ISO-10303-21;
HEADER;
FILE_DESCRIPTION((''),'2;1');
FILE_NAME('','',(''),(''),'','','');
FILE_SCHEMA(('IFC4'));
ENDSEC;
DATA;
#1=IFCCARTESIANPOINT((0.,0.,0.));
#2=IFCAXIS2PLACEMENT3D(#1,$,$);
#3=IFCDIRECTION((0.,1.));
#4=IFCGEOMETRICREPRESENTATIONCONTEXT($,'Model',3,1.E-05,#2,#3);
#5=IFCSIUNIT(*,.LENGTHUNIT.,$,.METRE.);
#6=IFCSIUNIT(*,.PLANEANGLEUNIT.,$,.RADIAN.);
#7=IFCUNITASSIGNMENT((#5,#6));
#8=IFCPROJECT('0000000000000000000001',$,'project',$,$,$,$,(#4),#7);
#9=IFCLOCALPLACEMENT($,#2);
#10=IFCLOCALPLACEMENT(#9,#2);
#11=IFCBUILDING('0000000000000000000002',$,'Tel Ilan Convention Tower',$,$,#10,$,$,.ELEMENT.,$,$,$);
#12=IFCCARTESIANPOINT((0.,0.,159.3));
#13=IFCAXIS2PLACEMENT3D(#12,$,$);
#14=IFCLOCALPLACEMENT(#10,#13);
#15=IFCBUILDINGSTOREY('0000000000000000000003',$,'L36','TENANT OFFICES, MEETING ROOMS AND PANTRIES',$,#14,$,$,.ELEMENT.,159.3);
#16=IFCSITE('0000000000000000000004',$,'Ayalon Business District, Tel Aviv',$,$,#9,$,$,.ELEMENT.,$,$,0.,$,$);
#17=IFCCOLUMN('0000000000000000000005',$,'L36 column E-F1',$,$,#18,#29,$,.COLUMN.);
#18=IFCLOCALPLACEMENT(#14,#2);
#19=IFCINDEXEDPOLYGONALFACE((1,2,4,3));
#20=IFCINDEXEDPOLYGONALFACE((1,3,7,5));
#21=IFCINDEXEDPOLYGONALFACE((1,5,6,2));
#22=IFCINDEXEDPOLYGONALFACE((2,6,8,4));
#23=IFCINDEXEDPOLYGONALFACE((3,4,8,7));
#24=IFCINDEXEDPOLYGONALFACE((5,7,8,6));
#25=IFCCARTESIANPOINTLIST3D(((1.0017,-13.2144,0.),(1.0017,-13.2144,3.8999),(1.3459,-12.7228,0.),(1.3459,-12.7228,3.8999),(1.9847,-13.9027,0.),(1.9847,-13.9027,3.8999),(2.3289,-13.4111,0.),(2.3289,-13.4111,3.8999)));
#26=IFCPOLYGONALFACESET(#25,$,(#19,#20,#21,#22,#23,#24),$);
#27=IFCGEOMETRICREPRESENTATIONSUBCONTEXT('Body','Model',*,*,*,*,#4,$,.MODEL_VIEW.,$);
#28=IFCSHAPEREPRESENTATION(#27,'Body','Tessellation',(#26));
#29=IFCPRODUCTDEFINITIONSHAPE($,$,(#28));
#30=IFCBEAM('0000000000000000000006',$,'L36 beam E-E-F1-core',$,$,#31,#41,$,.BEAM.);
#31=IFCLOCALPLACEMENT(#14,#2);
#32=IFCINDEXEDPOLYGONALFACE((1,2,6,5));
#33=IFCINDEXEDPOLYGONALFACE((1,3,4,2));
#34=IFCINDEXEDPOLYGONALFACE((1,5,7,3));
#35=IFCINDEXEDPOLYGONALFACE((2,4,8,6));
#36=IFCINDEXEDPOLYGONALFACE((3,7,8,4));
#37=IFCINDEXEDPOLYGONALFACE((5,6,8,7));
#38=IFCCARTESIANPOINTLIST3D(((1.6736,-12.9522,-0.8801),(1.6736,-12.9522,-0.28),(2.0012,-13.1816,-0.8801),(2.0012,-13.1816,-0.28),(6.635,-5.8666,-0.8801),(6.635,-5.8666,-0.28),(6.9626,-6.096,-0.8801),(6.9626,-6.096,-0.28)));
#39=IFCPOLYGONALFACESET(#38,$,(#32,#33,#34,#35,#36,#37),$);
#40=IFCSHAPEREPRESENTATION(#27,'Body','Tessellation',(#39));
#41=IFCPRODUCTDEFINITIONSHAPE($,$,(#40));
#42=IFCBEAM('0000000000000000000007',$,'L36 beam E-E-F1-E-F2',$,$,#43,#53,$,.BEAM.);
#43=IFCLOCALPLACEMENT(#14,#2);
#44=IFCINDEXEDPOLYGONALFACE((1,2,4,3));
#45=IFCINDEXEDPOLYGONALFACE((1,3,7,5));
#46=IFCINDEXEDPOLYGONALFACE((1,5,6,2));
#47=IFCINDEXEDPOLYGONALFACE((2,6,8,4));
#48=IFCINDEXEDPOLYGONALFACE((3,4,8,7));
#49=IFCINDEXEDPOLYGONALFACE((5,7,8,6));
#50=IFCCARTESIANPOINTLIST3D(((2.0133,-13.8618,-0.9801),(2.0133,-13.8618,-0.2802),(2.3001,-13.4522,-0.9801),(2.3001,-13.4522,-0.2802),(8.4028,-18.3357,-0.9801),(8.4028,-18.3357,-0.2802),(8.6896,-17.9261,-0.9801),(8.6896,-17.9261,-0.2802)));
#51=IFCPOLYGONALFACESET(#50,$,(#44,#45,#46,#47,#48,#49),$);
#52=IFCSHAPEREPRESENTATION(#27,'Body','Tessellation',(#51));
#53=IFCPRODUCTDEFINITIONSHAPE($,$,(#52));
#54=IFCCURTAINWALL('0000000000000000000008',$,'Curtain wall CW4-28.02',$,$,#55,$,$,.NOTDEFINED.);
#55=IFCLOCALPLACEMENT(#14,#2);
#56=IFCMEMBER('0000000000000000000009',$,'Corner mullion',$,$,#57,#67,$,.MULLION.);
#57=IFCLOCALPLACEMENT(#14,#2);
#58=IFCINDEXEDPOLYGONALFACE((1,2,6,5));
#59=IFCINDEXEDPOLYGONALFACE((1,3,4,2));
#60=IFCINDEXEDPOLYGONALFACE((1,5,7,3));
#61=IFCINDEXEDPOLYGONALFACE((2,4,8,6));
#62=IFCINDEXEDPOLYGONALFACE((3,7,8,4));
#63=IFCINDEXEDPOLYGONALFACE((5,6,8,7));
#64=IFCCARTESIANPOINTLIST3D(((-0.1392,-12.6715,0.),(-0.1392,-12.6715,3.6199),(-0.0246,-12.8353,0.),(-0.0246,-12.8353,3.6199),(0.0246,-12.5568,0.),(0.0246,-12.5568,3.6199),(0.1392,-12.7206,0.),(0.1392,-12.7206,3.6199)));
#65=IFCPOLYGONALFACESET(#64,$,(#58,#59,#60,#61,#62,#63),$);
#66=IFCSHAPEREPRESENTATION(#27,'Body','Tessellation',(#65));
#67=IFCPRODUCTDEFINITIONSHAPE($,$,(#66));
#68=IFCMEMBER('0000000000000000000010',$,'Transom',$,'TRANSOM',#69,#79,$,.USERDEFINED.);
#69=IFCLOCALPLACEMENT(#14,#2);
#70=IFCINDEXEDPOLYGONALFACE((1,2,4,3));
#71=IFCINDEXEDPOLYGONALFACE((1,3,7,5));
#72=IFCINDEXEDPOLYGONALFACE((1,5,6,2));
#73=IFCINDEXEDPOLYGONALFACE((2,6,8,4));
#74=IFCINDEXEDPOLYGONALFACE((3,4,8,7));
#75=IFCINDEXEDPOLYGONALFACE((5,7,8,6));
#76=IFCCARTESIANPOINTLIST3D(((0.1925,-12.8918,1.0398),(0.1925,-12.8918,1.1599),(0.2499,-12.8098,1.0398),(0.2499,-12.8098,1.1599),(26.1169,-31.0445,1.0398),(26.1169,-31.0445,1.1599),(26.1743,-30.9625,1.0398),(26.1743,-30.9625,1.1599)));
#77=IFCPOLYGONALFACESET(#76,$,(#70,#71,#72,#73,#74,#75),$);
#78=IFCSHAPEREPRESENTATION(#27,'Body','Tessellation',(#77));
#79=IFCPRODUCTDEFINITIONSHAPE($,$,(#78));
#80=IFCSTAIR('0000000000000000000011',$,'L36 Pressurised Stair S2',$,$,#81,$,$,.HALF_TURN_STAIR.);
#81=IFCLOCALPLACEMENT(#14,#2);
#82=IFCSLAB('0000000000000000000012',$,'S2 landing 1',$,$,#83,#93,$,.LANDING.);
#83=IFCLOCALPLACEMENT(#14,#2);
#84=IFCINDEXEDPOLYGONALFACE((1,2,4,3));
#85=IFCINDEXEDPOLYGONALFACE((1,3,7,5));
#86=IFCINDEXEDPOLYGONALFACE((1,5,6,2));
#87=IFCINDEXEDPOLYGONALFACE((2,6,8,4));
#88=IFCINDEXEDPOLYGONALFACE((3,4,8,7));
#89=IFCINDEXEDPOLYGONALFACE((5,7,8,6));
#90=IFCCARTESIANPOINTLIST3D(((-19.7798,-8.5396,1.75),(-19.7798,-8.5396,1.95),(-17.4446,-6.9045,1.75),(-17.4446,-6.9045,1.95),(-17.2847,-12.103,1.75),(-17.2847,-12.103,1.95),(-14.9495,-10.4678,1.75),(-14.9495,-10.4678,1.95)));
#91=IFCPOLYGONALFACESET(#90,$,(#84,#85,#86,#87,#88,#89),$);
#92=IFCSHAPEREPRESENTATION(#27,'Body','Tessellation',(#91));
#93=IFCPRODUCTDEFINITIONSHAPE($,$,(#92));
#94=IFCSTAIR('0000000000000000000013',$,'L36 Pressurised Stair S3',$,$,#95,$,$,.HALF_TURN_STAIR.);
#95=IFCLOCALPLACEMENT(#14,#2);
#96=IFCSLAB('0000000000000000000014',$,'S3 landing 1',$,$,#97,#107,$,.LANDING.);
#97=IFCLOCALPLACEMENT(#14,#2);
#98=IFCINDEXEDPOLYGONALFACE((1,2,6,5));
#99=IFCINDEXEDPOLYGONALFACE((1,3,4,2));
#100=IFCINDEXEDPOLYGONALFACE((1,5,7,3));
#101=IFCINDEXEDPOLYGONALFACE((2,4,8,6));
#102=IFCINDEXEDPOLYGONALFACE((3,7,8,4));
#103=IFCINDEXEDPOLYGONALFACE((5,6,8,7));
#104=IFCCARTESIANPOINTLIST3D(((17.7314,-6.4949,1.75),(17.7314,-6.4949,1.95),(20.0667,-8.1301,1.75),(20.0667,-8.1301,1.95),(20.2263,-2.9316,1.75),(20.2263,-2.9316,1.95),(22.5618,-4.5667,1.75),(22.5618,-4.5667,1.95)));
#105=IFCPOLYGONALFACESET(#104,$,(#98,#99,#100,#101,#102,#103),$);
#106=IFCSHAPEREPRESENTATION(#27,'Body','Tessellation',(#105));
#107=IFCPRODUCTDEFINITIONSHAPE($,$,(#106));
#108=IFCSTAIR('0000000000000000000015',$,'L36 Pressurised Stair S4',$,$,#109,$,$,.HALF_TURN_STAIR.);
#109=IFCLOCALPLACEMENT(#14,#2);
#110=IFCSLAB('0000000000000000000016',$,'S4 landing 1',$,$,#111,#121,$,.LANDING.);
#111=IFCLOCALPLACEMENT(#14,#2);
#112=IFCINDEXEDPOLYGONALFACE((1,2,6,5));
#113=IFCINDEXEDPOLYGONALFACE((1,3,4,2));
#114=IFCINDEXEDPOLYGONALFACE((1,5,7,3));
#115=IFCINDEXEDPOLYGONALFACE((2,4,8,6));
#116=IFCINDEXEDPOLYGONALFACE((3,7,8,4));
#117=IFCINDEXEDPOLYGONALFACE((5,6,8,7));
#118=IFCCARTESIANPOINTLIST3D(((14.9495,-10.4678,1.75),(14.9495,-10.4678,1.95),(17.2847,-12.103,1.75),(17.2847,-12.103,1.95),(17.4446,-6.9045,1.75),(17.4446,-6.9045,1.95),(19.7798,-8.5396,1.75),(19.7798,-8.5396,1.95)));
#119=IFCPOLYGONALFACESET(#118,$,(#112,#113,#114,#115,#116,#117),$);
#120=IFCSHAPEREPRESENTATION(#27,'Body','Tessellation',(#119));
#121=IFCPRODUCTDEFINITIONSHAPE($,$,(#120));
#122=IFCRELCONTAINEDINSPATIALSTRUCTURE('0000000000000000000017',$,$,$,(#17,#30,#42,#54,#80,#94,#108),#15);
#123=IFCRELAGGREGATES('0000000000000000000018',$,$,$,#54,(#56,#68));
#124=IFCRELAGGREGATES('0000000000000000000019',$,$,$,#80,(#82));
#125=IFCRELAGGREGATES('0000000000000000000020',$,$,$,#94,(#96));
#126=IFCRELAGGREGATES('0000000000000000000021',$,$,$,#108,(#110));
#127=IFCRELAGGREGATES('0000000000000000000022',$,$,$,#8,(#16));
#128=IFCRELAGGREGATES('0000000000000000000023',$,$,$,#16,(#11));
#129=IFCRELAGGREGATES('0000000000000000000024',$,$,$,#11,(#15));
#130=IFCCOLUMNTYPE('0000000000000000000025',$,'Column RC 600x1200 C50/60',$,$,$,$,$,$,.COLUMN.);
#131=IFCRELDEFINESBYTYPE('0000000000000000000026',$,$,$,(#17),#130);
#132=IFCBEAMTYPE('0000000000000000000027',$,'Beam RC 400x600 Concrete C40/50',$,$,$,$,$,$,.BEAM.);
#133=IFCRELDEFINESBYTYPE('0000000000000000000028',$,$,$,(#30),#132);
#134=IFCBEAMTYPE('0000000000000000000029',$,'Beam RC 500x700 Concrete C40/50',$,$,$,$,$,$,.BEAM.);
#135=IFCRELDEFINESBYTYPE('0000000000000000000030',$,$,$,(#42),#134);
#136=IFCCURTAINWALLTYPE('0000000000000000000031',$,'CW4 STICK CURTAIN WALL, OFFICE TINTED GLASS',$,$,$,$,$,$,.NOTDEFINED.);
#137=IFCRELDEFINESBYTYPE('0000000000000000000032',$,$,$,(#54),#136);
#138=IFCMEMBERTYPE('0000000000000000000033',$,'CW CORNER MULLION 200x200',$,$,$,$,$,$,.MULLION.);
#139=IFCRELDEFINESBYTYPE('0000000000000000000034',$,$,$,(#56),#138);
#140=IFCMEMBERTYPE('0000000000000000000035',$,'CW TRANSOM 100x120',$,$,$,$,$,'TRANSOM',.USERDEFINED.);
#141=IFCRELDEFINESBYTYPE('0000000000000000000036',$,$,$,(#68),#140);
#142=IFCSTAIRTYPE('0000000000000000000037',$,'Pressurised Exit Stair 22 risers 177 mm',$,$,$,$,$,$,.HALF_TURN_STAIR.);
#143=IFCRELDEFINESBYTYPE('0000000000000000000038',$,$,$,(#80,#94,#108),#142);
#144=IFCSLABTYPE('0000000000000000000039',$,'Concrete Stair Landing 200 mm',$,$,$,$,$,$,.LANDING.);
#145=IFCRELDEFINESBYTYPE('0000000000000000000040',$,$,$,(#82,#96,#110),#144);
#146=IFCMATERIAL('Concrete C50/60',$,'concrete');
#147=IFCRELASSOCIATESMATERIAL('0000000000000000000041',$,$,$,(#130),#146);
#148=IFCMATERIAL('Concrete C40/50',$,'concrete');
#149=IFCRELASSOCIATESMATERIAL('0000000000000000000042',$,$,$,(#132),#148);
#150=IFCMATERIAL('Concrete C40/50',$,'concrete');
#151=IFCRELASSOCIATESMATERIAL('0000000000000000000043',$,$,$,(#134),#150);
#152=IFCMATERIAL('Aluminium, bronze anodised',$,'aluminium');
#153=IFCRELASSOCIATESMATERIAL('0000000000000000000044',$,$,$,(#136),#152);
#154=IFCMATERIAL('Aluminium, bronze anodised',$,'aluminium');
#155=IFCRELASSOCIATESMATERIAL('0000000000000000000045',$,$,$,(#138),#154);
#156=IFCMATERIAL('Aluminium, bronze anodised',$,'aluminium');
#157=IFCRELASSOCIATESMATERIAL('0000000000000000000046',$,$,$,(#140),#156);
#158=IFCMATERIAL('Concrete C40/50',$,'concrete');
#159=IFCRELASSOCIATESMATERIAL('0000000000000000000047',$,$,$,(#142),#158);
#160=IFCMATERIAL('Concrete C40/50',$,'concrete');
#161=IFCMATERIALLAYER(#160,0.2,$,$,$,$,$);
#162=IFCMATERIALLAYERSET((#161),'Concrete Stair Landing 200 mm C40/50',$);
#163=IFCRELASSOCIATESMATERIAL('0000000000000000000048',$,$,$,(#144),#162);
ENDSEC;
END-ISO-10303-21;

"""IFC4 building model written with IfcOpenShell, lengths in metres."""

from ifc_helpers import new_model, si_unit, direction, frame, origin, origin_2d, place, context, subcontext, project, spatial, polyline, rectangle, outline, extrude, material, layer, layer_set, material_profile, profile_set, type_object, element, aggregate, save


model = new_model("IFC4")

# Units and contexts
model_context = context("Model", 3, precision=1e-05, world=origin(), true_north=direction((0.0, 1.0)))
body_context = subcontext(model_context, "Body", "Model", "MODEL_VIEW")
ifc_project = project(units=[si_unit("LENGTHUNIT", "METRE"), si_unit("PLANEANGLEUNIT", "RADIAN")], contexts=[model_context])

# Site, building, storey
site_placement = place(None, origin())
site = spatial("IfcSite", under=ifc_project, at=site_placement, Name="Ayalon Business District, Tel Aviv", CompositionType="ELEMENT", RefElevation=0.0)
building_placement = place(site_placement, origin())
building = spatial("IfcBuilding", under=site, at=building_placement, Name="Tel Ilan Convention Tower", CompositionType="ELEMENT")
storey_placement = place(building_placement, frame((0.0, 0.0, 159.3)))
storey = spatial("IfcBuildingStorey", under=building, at=storey_placement, Name="L36", Description="TENANT OFFICES, MEETING ROOMS AND PANTRIES", CompositionType="ELEMENT", Elevation=159.3)

# Column
ifc_material_1 = material(Name="Concrete C50/60", Category="concrete")
ifc_material_profile_1 = material_profile(ifc_material_1, rectangle(XDim=1.2, YDim=0.6001, at=origin_2d()), Name="RC 600x1200")
ifc_profile_set_1 = profile_set([ifc_material_profile_1], Name="Concrete C50/60")
column_type = type_object("IfcColumnType", Name="Column RC 600x1200 C50/60", PredefinedType="COLUMN", material=ifc_profile_set_1)
column_placement = place(storey_placement, frame((1.6653, -13.3127, 0.0), z_axis=(0.0, 0.0, 1.0), x_axis=(0.819152, -0.573576, 0.0)))
element("IfcColumn", 1, at=column_placement, inside=storey, type_object=column_type, Name="L36 column E-F1", PredefinedType="COLUMN", context=body_context, shape_type="SweptSolid", body=[
    extrude(rectangle(XDim=1.2, YDim=0.6001, at=origin_2d()), origin(), (0.0, 0.0, 1.0), 3.8999),
])

# Beams
ifc_material_2 = material(Name="Concrete C40/50", Category="concrete")
ifc_material_profile_2 = material_profile(ifc_material_2, rectangle(XDim=0.3999, YDim=0.6001, at=origin_2d()), Name="RC 400x600")
ifc_profile_set_2 = profile_set([ifc_material_profile_2], Name="Concrete C40/50")
beam_type_1 = type_object("IfcBeamType", Name="Beam RC 400x600 Concrete C40/50", PredefinedType="BEAM", material=ifc_profile_set_2)
beam_1_placement = place(storey_placement, frame((1.8374, -13.0669, -0.5801), z_axis=(0.573574, 0.819154, 0.0), x_axis=(-0.819154, 0.573574, 0.0)))
element("IfcBeam", 2, at=beam_1_placement, inside=storey, type_object=beam_type_1, Name="L36 beam E-E-F1-core", PredefinedType="BEAM", context=body_context, shape_type="SweptSolid", body=[
    extrude(rectangle(XDim=0.3999, YDim=0.6001, at=origin_2d()), origin(), (0.0, 0.0, 1.0), 8.6499),
])
ifc_material_3 = material(Name="Concrete C40/50", Category="concrete")
ifc_material_profile_3 = material_profile(ifc_material_3, rectangle(XDim=0.5, YDim=0.7, at=origin_2d()), Name="RC 500x700")
ifc_profile_set_3 = profile_set([ifc_material_profile_3], Name="Concrete C40/50")
beam_type_2 = type_object("IfcBeamType", Name="Beam RC 500x700 Concrete C40/50", PredefinedType="BEAM", material=ifc_profile_set_3)
beam_2_placement = place(storey_placement, frame((2.1567, -13.657, -0.6301), z_axis=(0.819154, -0.573574, 0.0), x_axis=(0.573574, 0.819154, 0.0)))
element("IfcBeam", 3, at=beam_2_placement, inside=storey, type_object=beam_type_2, Name="L36 beam E-E-F1-E-F2", PredefinedType="BEAM", context=body_context, shape_type="SweptSolid", body=[
    extrude(rectangle(XDim=0.5, YDim=0.7, at=origin_2d()), origin(), (0.0, 0.0, 1.0), 7.8),
])

# Curtain wall, members
ifc_material_4 = material(Name="Aluminium, bronze anodised", Category="aluminium")
curtain_wall_type = type_object("IfcCurtainWallType", Name="CW4 STICK CURTAIN WALL, OFFICE TINTED GLASS", PredefinedType="NOTDEFINED", material=ifc_material_4)
curtain_wall_placement = place(storey_placement, origin())
curtain_wall = element("IfcCurtainWall", 4, at=curtain_wall_placement, inside=storey, type_object=curtain_wall_type, Name="Curtain wall CW4-28.02", PredefinedType="NOTDEFINED")
ifc_material_5 = material(Name="Aluminium, bronze anodised", Category="aluminium")
ifc_material_profile_4 = material_profile(ifc_material_5, rectangle(XDim=0.2, YDim=0.2, at=origin_2d()), Name="CW CORNER MULLION 200x200")
ifc_profile_set_4 = profile_set([ifc_material_profile_4], Name="Aluminium, bronze anodised")
member_type_1 = type_object("IfcMemberType", Name="CW CORNER MULLION 200x200", PredefinedType="MULLION", material=ifc_profile_set_4)
member_1_placement = place(storey_placement, frame((0.0, -12.696, 0.0), z_axis=(0.0, 0.0, 1.0), x_axis=(0.819152, 0.573576, 0.0)))
member_1 = element("IfcMember", 5, at=member_1_placement, type_object=member_type_1, Name="Corner mullion", PredefinedType="MULLION", context=body_context, shape_type="SweptSolid", body=[
    extrude(rectangle(XDim=0.2, YDim=0.2, at=origin_2d()), origin(), (0.0, 0.0, 1.0), 3.6199),
])
ifc_material_6 = material(Name="Aluminium, bronze anodised", Category="aluminium")
ifc_material_profile_5 = material_profile(ifc_material_6, rectangle(XDim=0.1001, YDim=0.1201, at=origin_2d()), Name="CW TRANSOM 100x120")
ifc_profile_set_5 = profile_set([ifc_material_profile_5], Name="Aluminium, bronze anodised")
member_type_2 = type_object("IfcMemberType", Name="CW TRANSOM 100x120", ElementType="TRANSOM", PredefinedType="USERDEFINED", material=ifc_profile_set_5)
member_2_placement = place(storey_placement, frame((0.2212, -12.8508, 1.0999), z_axis=(0.819149, -0.57358, 0.0), x_axis=(0.57358, 0.819149, 0.0)))
member_2 = element("IfcMember", 6, at=member_2_placement, type_object=member_type_2, Name="Transom", ObjectType="TRANSOM", PredefinedType="USERDEFINED", context=body_context, shape_type="SweptSolid", body=[
    extrude(rectangle(XDim=0.1001, YDim=0.1201, at=origin_2d()), origin(), (0.0, 0.0, 1.0), 31.6479),
])
aggregate(curtain_wall, [member_1, member_2])

# Stairs, slabs
ifc_material_7 = material(Name="Concrete C40/50", Category="concrete")
stair_type = type_object("IfcStairType", Name="Pressurised Exit Stair 22 risers 177 mm", PredefinedType="HALF_TURN_STAIR", material=ifc_material_7)
stair_1_placement = place(storey_placement, origin())
stair_1 = element("IfcStair", 7, at=stair_1_placement, inside=storey, type_object=stair_type, Name="L36 Pressurised Stair S2", PredefinedType="HALF_TURN_STAIR")
ifc_material_8 = material(Name="Concrete C40/50", Category="concrete")
ifc_layer_1 = layer(ifc_material_8, 0.2)
ifc_layer_set_1 = layer_set([ifc_layer_1], Name="Concrete Stair Landing 200 mm C40/50")
slab_type_1 = type_object("IfcSlabType", Name="Concrete Stair Landing 200 mm", PredefinedType="LANDING", material=ifc_layer_set_1)
slab_1_placement = place(storey_placement, frame((0.0, 0.0, 1.75)))
slab_1 = element("IfcSlab", 8, at=slab_1_placement, type_object=slab_type_1, Name="S2 landing 1", PredefinedType="LANDING", context=body_context, shape_type="SweptSolid", body=[
    extrude(outline(polyline([(-17.2847, -12.103), (-14.9495, -10.4678), (-17.4446, -6.9045), (-19.7798, -8.5396), (-17.2847, -12.103)])), origin(), (0.0, 0.0, 1.0), 0.2),
])
aggregate(stair_1, [slab_1])
stair_2_placement = place(storey_placement, origin())
stair_2 = element("IfcStair", 9, at=stair_2_placement, inside=storey, type_object=stair_type, Name="L36 Pressurised Stair S3", PredefinedType="HALF_TURN_STAIR")
slab_2_placement = place(storey_placement, frame((0.0, 0.0, 1.75)))
slab_2 = element("IfcSlab", 10, at=slab_2_placement, type_object=slab_type_1, Name="S3 landing 1", PredefinedType="LANDING", context=body_context, shape_type="SweptSolid", body=[
    extrude(outline(polyline([(22.5618, -4.5667), (20.2263, -2.9316), (17.7314, -6.4949), (20.0667, -8.1301), (22.5618, -4.5667)])), origin(), (0.0, 0.0, 1.0), 0.2),
])
aggregate(stair_2, [slab_2])
stair_3_placement = place(storey_placement, origin())
stair_3 = element("IfcStair", 11, at=stair_3_placement, inside=storey, type_object=stair_type, Name="L36 Pressurised Stair S4", PredefinedType="HALF_TURN_STAIR")
slab_3_placement = place(storey_placement, frame((0.0, 0.0, 1.75)))
slab_3 = element("IfcSlab", 12, at=slab_3_placement, type_object=slab_type_1, Name="S4 landing 1", PredefinedType="LANDING", context=body_context, shape_type="SweptSolid", body=[
    extrude(outline(polyline([(19.7798, -8.5396), (17.4446, -6.9045), (14.9495, -10.4678), (17.2847, -12.103), (19.7798, -8.5396)])), origin(), (0.0, 0.0, 1.0), 0.2),
])
aggregate(stair_3, [slab_3])

save(model, "model.ifc")
